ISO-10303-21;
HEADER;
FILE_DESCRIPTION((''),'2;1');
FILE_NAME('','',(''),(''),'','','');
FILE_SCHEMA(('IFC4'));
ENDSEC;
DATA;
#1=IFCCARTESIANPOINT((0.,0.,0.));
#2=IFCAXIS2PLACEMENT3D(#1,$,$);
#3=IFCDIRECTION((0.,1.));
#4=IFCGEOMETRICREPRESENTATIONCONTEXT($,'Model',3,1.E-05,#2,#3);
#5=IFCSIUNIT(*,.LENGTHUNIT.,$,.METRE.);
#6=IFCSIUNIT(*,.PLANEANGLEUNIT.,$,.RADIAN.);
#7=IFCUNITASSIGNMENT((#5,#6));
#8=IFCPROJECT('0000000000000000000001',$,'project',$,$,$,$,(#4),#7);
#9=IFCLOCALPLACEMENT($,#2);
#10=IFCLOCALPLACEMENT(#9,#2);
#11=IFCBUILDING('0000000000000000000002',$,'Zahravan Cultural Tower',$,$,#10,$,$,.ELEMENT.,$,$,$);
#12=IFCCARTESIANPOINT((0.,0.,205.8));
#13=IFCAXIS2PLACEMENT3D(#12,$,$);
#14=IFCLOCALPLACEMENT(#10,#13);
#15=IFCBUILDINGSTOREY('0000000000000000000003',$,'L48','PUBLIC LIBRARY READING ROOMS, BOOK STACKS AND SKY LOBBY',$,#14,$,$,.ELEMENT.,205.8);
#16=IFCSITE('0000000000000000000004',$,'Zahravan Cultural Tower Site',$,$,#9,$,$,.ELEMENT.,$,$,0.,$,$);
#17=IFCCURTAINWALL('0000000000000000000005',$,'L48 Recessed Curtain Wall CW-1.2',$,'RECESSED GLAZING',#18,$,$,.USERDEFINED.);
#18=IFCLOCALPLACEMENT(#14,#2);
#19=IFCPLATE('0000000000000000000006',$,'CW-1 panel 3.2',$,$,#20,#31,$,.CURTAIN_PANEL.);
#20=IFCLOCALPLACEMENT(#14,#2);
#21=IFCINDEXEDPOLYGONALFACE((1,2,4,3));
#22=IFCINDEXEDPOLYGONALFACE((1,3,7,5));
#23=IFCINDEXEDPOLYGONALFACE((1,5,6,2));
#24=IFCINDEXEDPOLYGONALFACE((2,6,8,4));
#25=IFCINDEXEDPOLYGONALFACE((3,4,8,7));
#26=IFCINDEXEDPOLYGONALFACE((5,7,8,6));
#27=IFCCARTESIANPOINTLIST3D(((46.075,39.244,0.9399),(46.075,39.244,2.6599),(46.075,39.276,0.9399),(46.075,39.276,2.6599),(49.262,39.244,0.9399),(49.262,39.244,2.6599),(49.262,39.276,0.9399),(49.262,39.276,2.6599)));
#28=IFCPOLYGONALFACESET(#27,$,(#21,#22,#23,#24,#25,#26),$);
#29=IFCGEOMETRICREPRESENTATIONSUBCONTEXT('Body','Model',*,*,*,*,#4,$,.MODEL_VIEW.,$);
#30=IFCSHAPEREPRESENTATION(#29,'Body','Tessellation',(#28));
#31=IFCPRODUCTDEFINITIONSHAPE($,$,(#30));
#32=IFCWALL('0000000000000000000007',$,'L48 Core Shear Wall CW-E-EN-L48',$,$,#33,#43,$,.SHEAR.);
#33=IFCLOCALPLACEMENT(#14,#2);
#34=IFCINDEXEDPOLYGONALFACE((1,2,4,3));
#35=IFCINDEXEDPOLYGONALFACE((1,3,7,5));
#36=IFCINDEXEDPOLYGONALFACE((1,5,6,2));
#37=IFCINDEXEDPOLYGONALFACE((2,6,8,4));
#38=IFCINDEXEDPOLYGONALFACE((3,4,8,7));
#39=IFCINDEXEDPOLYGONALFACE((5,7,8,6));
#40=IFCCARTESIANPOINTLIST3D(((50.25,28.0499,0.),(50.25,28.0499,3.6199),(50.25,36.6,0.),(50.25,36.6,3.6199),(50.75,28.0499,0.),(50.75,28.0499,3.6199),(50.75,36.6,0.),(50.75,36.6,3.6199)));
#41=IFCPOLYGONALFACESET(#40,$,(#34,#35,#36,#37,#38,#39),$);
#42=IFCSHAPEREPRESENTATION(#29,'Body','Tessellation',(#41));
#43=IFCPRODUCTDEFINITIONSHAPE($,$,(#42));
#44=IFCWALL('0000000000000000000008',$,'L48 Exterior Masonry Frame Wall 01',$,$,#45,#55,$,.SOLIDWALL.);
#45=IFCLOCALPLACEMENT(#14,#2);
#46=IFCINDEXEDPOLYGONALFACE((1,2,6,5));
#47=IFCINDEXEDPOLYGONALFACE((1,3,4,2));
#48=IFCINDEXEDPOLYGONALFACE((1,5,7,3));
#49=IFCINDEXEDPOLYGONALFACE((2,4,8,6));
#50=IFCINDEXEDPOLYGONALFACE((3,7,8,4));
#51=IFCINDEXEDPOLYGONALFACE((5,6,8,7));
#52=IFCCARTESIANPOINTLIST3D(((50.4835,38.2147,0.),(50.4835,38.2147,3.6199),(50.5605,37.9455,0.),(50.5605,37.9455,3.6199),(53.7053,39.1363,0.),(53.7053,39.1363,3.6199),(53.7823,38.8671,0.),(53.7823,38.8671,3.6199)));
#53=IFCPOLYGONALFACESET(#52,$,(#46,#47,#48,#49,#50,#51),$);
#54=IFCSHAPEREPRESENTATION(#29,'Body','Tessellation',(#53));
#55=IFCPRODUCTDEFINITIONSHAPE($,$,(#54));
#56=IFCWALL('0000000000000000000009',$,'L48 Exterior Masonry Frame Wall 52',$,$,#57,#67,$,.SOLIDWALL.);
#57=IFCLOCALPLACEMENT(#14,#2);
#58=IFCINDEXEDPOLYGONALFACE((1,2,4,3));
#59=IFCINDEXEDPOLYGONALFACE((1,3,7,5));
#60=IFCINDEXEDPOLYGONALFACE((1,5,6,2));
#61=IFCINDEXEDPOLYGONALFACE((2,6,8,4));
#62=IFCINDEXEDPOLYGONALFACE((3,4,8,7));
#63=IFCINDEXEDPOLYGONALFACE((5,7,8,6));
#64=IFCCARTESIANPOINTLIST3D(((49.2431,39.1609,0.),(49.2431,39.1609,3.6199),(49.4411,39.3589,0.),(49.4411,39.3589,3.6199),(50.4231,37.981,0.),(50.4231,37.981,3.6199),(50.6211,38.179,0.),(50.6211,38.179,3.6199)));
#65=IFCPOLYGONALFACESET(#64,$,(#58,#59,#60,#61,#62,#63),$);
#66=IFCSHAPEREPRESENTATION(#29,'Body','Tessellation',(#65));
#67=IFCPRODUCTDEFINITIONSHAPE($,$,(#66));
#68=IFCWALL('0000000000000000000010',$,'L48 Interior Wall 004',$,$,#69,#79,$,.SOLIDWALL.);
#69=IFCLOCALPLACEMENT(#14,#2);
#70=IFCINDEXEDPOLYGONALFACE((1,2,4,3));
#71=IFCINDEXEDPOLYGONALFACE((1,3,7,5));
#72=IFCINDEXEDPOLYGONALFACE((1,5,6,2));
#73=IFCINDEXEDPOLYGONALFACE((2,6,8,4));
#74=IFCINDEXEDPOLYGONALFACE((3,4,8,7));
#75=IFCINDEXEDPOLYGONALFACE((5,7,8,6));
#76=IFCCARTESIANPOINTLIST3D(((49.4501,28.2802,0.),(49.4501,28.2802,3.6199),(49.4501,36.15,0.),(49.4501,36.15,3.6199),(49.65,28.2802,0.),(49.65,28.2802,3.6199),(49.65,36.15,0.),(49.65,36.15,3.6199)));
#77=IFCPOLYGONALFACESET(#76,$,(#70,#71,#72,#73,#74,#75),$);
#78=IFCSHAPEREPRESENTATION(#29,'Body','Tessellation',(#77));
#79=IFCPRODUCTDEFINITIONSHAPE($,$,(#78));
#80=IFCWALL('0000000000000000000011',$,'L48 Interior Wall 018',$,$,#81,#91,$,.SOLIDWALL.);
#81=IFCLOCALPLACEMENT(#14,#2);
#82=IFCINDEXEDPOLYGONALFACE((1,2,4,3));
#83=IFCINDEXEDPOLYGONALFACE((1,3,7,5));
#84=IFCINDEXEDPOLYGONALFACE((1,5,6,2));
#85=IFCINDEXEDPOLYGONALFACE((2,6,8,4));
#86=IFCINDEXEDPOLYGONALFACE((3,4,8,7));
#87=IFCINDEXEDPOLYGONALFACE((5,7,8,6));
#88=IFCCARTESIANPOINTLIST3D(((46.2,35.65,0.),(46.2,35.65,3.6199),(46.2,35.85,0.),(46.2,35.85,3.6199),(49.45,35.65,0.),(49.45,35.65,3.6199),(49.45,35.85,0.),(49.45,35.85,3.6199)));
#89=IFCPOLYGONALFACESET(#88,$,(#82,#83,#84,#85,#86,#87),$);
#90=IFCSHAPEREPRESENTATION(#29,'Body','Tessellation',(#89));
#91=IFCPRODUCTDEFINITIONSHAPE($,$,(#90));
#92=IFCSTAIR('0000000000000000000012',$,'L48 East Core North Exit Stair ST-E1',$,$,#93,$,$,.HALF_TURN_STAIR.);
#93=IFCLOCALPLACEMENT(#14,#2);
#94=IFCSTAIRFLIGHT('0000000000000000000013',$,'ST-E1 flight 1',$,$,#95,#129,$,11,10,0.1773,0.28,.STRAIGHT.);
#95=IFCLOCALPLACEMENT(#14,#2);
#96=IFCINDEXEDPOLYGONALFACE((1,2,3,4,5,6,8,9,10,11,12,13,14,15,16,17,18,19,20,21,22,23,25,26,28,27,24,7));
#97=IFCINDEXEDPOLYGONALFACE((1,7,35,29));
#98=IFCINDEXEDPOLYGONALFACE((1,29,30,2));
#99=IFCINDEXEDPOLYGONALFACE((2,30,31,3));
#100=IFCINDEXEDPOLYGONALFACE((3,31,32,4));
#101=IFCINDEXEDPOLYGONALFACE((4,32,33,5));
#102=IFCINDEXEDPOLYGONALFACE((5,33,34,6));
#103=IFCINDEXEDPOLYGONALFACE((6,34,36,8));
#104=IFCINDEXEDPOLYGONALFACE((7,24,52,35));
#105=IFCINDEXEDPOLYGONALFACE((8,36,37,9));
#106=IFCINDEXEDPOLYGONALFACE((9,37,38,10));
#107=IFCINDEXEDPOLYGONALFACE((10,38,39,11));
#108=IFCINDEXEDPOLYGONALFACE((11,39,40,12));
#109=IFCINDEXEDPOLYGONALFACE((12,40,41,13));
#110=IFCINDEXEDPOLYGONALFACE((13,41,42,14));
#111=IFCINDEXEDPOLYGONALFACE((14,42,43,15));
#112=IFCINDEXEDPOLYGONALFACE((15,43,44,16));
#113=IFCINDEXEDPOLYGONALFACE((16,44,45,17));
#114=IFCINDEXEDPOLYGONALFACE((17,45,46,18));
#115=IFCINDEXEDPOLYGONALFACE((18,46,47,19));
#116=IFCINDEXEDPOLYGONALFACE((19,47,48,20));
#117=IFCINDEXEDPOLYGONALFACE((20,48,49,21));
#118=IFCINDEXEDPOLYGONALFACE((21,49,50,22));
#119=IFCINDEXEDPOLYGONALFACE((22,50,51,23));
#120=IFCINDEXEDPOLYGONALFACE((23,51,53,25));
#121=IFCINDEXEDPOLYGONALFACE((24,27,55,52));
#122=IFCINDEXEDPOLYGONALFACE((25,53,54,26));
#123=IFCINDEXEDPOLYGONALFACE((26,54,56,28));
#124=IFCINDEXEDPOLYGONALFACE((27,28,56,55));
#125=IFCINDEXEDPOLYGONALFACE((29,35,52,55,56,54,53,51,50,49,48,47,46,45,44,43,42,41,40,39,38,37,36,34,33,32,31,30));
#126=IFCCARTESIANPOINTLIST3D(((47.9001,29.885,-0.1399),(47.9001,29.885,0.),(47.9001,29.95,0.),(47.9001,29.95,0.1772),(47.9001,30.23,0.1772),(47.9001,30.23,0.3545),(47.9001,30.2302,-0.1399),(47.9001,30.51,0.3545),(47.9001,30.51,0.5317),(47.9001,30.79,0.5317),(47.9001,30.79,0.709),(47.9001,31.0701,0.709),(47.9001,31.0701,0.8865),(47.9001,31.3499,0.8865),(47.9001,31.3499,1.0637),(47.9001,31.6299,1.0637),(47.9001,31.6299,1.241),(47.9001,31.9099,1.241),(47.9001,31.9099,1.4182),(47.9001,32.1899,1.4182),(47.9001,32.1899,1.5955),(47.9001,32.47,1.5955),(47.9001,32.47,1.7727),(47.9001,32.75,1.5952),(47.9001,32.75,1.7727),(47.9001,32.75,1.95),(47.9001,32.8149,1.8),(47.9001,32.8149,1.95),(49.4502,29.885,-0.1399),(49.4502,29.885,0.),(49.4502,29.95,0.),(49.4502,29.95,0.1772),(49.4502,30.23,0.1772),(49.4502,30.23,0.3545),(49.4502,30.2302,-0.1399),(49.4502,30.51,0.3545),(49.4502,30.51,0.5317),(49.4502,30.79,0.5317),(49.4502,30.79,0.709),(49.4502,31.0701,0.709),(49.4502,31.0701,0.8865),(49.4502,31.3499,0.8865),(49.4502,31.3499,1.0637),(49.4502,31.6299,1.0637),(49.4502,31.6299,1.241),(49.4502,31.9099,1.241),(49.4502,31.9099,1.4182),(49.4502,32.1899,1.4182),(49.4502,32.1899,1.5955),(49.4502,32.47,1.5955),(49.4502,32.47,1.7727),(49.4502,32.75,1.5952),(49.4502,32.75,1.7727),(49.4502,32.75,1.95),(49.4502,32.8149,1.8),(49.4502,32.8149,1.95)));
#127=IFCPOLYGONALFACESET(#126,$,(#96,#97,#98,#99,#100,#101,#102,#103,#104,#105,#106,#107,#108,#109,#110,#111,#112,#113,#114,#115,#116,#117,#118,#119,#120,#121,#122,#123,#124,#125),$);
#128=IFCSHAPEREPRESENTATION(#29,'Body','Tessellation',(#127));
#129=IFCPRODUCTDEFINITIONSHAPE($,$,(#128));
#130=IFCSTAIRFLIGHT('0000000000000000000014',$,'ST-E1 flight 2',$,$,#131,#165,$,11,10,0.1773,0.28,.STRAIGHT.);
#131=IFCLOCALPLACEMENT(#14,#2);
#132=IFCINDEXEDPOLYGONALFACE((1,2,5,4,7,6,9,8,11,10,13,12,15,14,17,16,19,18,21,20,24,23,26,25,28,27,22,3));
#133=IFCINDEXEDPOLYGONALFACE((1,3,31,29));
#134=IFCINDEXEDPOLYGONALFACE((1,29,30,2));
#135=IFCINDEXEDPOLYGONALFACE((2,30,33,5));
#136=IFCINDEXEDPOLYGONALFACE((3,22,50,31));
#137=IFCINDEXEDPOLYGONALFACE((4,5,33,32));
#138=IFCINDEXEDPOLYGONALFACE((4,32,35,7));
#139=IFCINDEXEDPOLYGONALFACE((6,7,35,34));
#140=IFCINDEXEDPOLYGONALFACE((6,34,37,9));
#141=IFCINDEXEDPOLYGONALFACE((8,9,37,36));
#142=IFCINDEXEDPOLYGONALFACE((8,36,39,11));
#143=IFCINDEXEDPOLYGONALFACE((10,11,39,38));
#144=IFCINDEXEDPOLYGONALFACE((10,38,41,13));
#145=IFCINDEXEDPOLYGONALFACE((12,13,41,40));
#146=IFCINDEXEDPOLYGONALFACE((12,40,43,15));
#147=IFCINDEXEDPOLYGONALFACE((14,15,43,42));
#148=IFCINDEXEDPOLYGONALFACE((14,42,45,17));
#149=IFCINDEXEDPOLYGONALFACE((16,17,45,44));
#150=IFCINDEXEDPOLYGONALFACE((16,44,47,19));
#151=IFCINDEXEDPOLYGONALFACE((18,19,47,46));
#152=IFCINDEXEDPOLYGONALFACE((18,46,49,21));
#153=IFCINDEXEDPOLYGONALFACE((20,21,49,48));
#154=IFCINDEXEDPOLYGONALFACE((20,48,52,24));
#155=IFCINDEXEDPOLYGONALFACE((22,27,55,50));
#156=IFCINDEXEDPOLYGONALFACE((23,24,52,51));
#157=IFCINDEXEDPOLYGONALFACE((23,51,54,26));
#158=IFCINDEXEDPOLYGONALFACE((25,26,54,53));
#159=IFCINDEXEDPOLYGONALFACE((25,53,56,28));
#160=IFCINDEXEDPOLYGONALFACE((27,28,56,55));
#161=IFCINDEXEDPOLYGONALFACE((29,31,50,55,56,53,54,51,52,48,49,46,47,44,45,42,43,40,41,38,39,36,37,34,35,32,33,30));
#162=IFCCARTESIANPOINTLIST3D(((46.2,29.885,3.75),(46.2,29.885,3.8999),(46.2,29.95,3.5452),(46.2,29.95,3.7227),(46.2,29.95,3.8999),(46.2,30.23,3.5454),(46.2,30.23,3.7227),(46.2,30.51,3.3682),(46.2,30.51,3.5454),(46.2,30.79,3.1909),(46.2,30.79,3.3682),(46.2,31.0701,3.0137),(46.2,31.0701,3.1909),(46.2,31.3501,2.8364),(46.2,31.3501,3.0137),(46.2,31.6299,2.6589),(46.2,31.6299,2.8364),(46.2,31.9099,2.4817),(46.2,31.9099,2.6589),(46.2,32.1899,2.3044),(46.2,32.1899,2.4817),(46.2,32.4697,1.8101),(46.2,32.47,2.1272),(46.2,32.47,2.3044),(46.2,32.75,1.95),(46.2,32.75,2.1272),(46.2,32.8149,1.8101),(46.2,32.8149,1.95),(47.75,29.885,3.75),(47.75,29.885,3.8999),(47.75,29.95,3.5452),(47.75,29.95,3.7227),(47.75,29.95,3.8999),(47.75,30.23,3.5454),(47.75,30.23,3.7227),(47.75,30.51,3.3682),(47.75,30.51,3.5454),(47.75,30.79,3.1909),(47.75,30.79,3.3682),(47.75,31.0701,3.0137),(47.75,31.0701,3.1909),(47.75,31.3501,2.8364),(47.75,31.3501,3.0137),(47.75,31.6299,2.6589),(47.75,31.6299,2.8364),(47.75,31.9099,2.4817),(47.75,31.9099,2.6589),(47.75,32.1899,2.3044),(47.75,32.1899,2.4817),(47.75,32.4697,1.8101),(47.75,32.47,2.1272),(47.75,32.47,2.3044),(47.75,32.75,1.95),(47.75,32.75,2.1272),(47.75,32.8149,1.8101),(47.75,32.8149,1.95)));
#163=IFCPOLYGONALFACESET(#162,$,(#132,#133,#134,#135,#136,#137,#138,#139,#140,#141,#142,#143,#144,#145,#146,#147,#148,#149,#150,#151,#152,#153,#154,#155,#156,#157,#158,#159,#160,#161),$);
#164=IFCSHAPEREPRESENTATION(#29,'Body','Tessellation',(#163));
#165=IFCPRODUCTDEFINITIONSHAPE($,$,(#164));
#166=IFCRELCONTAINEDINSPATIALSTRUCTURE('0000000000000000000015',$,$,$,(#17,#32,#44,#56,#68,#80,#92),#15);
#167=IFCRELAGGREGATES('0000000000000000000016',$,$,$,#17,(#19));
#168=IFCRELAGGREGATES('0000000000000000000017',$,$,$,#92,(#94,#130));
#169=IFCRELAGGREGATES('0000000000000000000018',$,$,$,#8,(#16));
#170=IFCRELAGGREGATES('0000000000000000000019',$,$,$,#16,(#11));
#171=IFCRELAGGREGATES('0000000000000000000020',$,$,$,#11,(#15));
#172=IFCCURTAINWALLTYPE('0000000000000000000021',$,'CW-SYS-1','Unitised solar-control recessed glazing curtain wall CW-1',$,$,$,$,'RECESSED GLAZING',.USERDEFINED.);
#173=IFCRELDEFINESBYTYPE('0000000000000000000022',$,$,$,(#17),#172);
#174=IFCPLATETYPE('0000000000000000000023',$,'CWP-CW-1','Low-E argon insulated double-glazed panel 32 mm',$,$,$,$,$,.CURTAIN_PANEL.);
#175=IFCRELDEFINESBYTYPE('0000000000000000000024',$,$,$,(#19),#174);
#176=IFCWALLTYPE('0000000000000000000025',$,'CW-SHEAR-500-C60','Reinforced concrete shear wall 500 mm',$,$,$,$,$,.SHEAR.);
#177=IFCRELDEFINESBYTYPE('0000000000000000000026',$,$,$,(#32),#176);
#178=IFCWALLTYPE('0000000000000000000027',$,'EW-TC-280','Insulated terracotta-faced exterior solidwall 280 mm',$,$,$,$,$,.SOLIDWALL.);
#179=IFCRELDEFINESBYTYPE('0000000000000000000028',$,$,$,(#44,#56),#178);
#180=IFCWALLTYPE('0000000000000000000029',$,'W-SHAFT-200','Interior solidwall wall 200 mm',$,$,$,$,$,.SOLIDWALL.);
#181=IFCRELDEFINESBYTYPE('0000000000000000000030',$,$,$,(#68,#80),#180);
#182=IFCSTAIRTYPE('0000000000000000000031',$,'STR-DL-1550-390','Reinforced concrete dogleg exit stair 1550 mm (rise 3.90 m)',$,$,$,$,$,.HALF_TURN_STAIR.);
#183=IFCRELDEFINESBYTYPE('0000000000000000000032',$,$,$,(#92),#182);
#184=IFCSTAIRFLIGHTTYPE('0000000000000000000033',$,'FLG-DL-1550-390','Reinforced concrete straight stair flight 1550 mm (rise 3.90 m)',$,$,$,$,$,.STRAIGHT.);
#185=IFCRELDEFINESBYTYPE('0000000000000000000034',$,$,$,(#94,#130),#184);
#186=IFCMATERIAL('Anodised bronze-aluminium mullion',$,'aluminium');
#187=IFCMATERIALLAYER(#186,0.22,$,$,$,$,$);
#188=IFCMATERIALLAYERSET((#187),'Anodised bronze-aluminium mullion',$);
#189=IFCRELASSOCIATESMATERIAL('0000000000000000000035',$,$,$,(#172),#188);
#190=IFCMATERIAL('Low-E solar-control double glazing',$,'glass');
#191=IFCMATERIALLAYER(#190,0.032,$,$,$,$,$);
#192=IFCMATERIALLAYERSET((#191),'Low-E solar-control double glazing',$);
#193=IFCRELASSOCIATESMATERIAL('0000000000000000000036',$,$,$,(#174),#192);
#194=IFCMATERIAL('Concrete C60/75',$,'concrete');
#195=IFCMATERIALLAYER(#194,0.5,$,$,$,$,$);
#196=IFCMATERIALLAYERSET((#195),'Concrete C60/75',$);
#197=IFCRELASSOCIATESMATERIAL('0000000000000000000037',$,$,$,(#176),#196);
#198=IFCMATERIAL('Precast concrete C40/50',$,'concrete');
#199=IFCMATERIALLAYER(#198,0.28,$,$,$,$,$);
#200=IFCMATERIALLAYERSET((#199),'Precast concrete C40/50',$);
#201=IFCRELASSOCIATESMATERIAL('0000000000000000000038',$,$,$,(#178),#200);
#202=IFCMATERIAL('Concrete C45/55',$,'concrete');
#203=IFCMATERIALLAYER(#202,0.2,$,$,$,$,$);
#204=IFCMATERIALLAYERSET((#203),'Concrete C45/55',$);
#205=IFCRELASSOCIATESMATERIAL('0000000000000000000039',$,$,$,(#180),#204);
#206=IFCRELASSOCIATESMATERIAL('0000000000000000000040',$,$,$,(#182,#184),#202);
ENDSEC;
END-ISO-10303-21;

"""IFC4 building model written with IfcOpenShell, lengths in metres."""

from ifc_helpers import new_model, si_unit, direction, frame, frame_2d, origin, origin_2d, place, context, subcontext, project, spatial, polyline, rectangle, outline, extrude, source, transform, mapped, material, layer, layer_set, type_object, element, aggregate, save


model = new_model("IFC4")

# Units and contexts
model_context = context("Model", 3, precision=1e-05, world=origin(), true_north=direction((0.0, 1.0)))
body_context = subcontext(model_context, "Body", "Model", "MODEL_VIEW")
ifc_project = project(units=[si_unit("LENGTHUNIT", "METRE"), si_unit("PLANEANGLEUNIT", "RADIAN")], contexts=[model_context])

# Site, building, storey
site_placement = place(None, origin())
site = spatial("IfcSite", under=ifc_project, at=site_placement, Name="Zahravan Cultural Tower Site", CompositionType="ELEMENT", RefElevation=0.0)
building_placement = place(site_placement, origin())
building = spatial("IfcBuilding", under=site, at=building_placement, Name="Zahravan Cultural Tower", CompositionType="ELEMENT")
storey_placement = place(building_placement, frame((0.0, 0.0, 205.8)))
storey = spatial("IfcBuildingStorey", under=building, at=storey_placement, Name="L48", Description="PUBLIC LIBRARY READING ROOMS, BOOK STACKS AND SKY LOBBY", CompositionType="ELEMENT", Elevation=205.8)

# Curtain wall, plate
ifc_material_1 = material(Name="Anodised bronze-aluminium mullion", Category="aluminium")
ifc_layer_1 = layer(ifc_material_1, 0.22)
ifc_layer_set_1 = layer_set([ifc_layer_1], Name="Anodised bronze-aluminium mullion")
curtain_wall_type = type_object("IfcCurtainWallType", Name="CW-SYS-1", Description="Unitised solar-control recessed glazing curtain wall CW-1", ElementType="RECESSED GLAZING", PredefinedType="USERDEFINED", material=ifc_layer_set_1)
curtain_wall_placement = place(storey_placement, origin())
curtain_wall = element("IfcCurtainWall", 1, at=curtain_wall_placement, inside=storey, type_object=curtain_wall_type, Name="L48 Recessed Curtain Wall CW-1.2", ObjectType="RECESSED GLAZING", PredefinedType="USERDEFINED")
ifc_material_2 = material(Name="Low-E solar-control double glazing", Category="glass")
ifc_layer_2 = layer(ifc_material_2, 0.032)
ifc_layer_set_2 = layer_set([ifc_layer_2], Name="Low-E solar-control double glazing")
plate_type = type_object("IfcPlateType", Name="CWP-CW-1", Description="Low-E argon insulated double-glazed panel 32 mm", PredefinedType="CURTAIN_PANEL", material=ifc_layer_set_2)
shared_shape_1 = source(origin(), body_context, "Body", "SweptSolid", [
    extrude(rectangle(XDim=3.187, YDim=0.032, at=origin_2d()), origin(), (0.0, 0.0, 1.0), 1.72),
])
plate_1_placement = place(storey_placement, frame((47.6685, 39.26, 0.9399), z_axis=(0.0, 0.0, 1.0), x_axis=(1.0, 0.0, 0.0)))
plate_1 = element("IfcPlate", 2, at=plate_1_placement, type_object=plate_type, Name="CW-1 panel 3.2", PredefinedType="CURTAIN_PANEL", context=body_context, shape_type="MappedRepresentation", body=[
    mapped(shared_shape_1, transform((0.0, 0.0, 0.0), x_axis=(1.0, 0.0, 0.0), y_axis=(0.0, 1.0, 0.0), z_axis=(0.0, 0.0, 1.0), scale=1.0)),
])
aggregate(curtain_wall, [plate_1])

# Walls
ifc_material_3 = material(Name="Concrete C60/75", Category="concrete")
ifc_layer_3 = layer(ifc_material_3, 0.5)
ifc_layer_set_3 = layer_set([ifc_layer_3], Name="Concrete C60/75")
wall_type_1 = type_object("IfcWallType", Name="CW-SHEAR-500-C60", Description="Reinforced concrete shear wall 500 mm", PredefinedType="SHEAR", material=ifc_layer_set_3)
shared_shape_2 = source(origin(), body_context, "Body", "SweptSolid", [
    extrude(rectangle(XDim=8.55, YDim=0.5, at=frame_2d((4.2749, 0.0))), origin(), (0.0, 0.0, 1.0), 3.6199),
])
wall_1_placement = place(storey_placement, frame((50.5, 28.05, 0.0), z_axis=(0.0, 0.0, 1.0), x_axis=(0.0, 1.0, 0.0)))
element("IfcWall", 3, at=wall_1_placement, inside=storey, type_object=wall_type_1, Name="L48 Core Shear Wall CW-E-EN-L48", PredefinedType="SHEAR", context=body_context, shape_type="MappedRepresentation", body=[
    mapped(shared_shape_2, transform((0.0, 0.0, 0.0), x_axis=(1.0, 0.0, 0.0), y_axis=(0.0, 1.0, 0.0), z_axis=(0.0, 0.0, 1.0), scale=1.0)),
])
ifc_material_4 = material(Name="Precast concrete C40/50", Category="concrete")
ifc_layer_4 = layer(ifc_material_4, 0.28)
ifc_layer_set_4 = layer_set([ifc_layer_4], Name="Precast concrete C40/50")
wall_type_2 = type_object("IfcWallType", Name="EW-TC-280", Description="Insulated terracotta-faced exterior solidwall 280 mm", PredefinedType="SOLIDWALL", material=ifc_layer_set_4)
shared_shape_3 = source(origin(), body_context, "Body", "SweptSolid", [
    extrude(rectangle(XDim=3.3511, YDim=0.28, at=frame_2d((1.6755, 0.0))), origin(), (0.0, 0.0, 1.0), 3.6199),
])
wall_2_placement = place(storey_placement, frame((50.522, 38.0801, 0.0), z_axis=(0.0, 0.0, 1.0), x_axis=(0.961439, 0.275019, 0.0)))
element("IfcWall", 4, at=wall_2_placement, inside=storey, type_object=wall_type_2, Name="L48 Exterior Masonry Frame Wall 01", PredefinedType="SOLIDWALL", context=body_context, shape_type="MappedRepresentation", body=[
    mapped(shared_shape_3, transform((0.0, 0.0, 0.0), x_axis=(1.0, 0.0, 0.0), y_axis=(0.0, 1.0, 0.0), z_axis=(0.0, 0.0, 1.0), scale=1.0)),
])
shared_shape_4 = source(origin(), body_context, "Body", "SweptSolid", [
    extrude(rectangle(XDim=1.6687, YDim=0.28, at=frame_2d((0.8345, 0.0))), origin(), (0.0, 0.0, 1.0), 3.6199),
])
wall_3_placement = place(storey_placement, frame((49.342, 39.26, 0.0), z_axis=(0.0, 0.0, 1.0), x_axis=(0.707107, -0.707107, 0.0)))
element("IfcWall", 5, at=wall_3_placement, inside=storey, type_object=wall_type_2, Name="L48 Exterior Masonry Frame Wall 52", PredefinedType="SOLIDWALL", context=body_context, shape_type="MappedRepresentation", body=[
    mapped(shared_shape_4, transform((0.0, 0.0, 0.0), x_axis=(1.0, 0.0, 0.0), y_axis=(0.0, 1.0, 0.0), z_axis=(0.0, 0.0, 1.0), scale=1.0)),
])
ifc_material_5 = material(Name="Concrete C45/55", Category="concrete")
ifc_layer_5 = layer(ifc_material_5, 0.2)
ifc_layer_set_5 = layer_set([ifc_layer_5], Name="Concrete C45/55")
wall_type_3 = type_object("IfcWallType", Name="W-SHAFT-200", Description="Interior solidwall wall 200 mm", PredefinedType="SOLIDWALL", material=ifc_layer_set_5)
shared_shape_5 = source(origin(), body_context, "Body", "SweptSolid", [
    extrude(rectangle(XDim=7.8699, YDim=0.2, at=frame_2d((3.9351, 0.0))), origin(), (0.0, 0.0, 1.0), 3.6199),
])
wall_4_placement = place(storey_placement, frame((49.55, 28.28, 0.0), z_axis=(0.0, 0.0, 1.0), x_axis=(0.0, 1.0, 0.0)))
element("IfcWall", 6, at=wall_4_placement, inside=storey, type_object=wall_type_3, Name="L48 Interior Wall 004", PredefinedType="SOLIDWALL", context=body_context, shape_type="MappedRepresentation", body=[
    mapped(shared_shape_5, transform((0.0, 0.0, 0.0), x_axis=(1.0, 0.0, 0.0), y_axis=(0.0, 1.0, 0.0), z_axis=(0.0, 0.0, 1.0), scale=1.0)),
])
shared_shape_6 = source(origin(), body_context, "Body", "SweptSolid", [
    extrude(rectangle(XDim=3.25, YDim=0.2, at=frame_2d((1.625, 0.0))), origin(), (0.0, 0.0, 1.0), 3.6199),
])
wall_5_placement = place(storey_placement, frame((46.2, 35.75, 0.0), z_axis=(0.0, 0.0, 1.0), x_axis=(1.0, 0.0, 0.0)))
element("IfcWall", 7, at=wall_5_placement, inside=storey, type_object=wall_type_3, Name="L48 Interior Wall 018", PredefinedType="SOLIDWALL", context=body_context, shape_type="MappedRepresentation", body=[
    mapped(shared_shape_6, transform((0.0, 0.0, 0.0), x_axis=(1.0, 0.0, 0.0), y_axis=(0.0, 1.0, 0.0), z_axis=(0.0, 0.0, 1.0), scale=1.0)),
])

# Stair, stair flights
stair_type = type_object("IfcStairType", Name="STR-DL-1550-390", Description="Reinforced concrete dogleg exit stair 1550 mm (rise 3.90 m)", PredefinedType="HALF_TURN_STAIR", material=ifc_material_5)
stair_placement = place(storey_placement, origin())
stair = element("IfcStair", 8, at=stair_placement, inside=storey, type_object=stair_type, Name="L48 East Core North Exit Stair ST-E1", PredefinedType="HALF_TURN_STAIR")
stair_flight_type = type_object("IfcStairFlightType", Name="FLG-DL-1550-390", Description="Reinforced concrete straight stair flight 1550 mm (rise 3.90 m)", PredefinedType="STRAIGHT", material=ifc_material_5)
stair_flight_1_placement = place(storey_placement, frame((48.675, 29.95, 0.0), z_axis=(0.0, 0.0, 1.0), x_axis=(0.0, 1.0, 0.0)))
stair_flight_1 = element("IfcStairFlight", 9, at=stair_flight_1_placement, type_object=stair_flight_type, Name="ST-E1 flight 1", NumberOfRisers=11, NumberOfTreads=10, PredefinedType="STRAIGHT", RiserHeight=0.1773, TreadLength=0.28, context=body_context, shape_type="SweptSolid", body=[
    extrude(outline(polyline([(-0.0649, -0.1399), (-0.0649, 0.0), (0.0, 0.0), (0.0, 0.1772), (0.28, 0.1772), (0.28, 0.3545), (0.5601, 0.3545), (0.5601, 0.5317), (0.8401, 0.5317), (0.8401, 0.709), (1.1201, 0.709), (1.1201, 0.8865), (1.3999, 0.8865), (1.3999, 1.0637), (1.6799, 1.0637), (1.6799, 1.241), (1.96, 1.241), (1.96, 1.4182), (2.24, 1.4182), (2.24, 1.5955), (2.52, 1.5955), (2.52, 1.7727), (2.8, 1.7727), (2.8, 1.95), (2.865, 1.95), (2.865, 1.8), (2.8, 1.5952), (0.2803, -0.1399), (-0.0649, -0.1399)])), frame((0.0, 0.7749, 0.0), z_axis=(0.0, -1.0, 0.0), x_axis=(1.0, 0.0, 0.0)), (0.0, 0.0, 1.0), 1.55),
])
stair_flight_2_placement = place(storey_placement, frame((46.9751, 32.75, 1.95), z_axis=(0.0, 0.0, 1.0), x_axis=(0.0, -1.0, 0.0)))
stair_flight_2 = element("IfcStairFlight", 10, at=stair_flight_2_placement, type_object=stair_flight_type, Name="ST-E1 flight 2", NumberOfRisers=11, NumberOfTreads=10, PredefinedType="STRAIGHT", RiserHeight=0.1773, TreadLength=0.28, context=body_context, shape_type="SweptSolid", body=[
    extrude(outline(polyline([(-0.0649, -0.1399), (-0.0649, 0.0), (0.0, 0.0), (0.0, 0.1772), (0.28, 0.1772), (0.28, 0.3545), (0.5601, 0.3545), (0.5601, 0.5317), (0.8401, 0.5317), (0.8401, 0.709), (1.1201, 0.709), (1.1201, 0.8865), (1.3999, 0.8865), (1.3999, 1.0637), (1.6799, 1.0637), (1.6799, 1.241), (1.96, 1.241), (1.96, 1.4182), (2.24, 1.4182), (2.24, 1.5955), (2.52, 1.5955), (2.52, 1.7727), (2.8, 1.7727), (2.8, 1.95), (2.865, 1.95), (2.865, 1.8), (2.8, 1.5952), (0.2803, -0.1399), (-0.0649, -0.1399)])), frame((0.0, 0.7749, 0.0), z_axis=(0.0, -1.0, 0.0), x_axis=(1.0, 0.0, 0.0)), (0.0, 0.0, 1.0), 1.55),
])
aggregate(stair, [stair_flight_1, stair_flight_2])

save(model, "model.ifc")
